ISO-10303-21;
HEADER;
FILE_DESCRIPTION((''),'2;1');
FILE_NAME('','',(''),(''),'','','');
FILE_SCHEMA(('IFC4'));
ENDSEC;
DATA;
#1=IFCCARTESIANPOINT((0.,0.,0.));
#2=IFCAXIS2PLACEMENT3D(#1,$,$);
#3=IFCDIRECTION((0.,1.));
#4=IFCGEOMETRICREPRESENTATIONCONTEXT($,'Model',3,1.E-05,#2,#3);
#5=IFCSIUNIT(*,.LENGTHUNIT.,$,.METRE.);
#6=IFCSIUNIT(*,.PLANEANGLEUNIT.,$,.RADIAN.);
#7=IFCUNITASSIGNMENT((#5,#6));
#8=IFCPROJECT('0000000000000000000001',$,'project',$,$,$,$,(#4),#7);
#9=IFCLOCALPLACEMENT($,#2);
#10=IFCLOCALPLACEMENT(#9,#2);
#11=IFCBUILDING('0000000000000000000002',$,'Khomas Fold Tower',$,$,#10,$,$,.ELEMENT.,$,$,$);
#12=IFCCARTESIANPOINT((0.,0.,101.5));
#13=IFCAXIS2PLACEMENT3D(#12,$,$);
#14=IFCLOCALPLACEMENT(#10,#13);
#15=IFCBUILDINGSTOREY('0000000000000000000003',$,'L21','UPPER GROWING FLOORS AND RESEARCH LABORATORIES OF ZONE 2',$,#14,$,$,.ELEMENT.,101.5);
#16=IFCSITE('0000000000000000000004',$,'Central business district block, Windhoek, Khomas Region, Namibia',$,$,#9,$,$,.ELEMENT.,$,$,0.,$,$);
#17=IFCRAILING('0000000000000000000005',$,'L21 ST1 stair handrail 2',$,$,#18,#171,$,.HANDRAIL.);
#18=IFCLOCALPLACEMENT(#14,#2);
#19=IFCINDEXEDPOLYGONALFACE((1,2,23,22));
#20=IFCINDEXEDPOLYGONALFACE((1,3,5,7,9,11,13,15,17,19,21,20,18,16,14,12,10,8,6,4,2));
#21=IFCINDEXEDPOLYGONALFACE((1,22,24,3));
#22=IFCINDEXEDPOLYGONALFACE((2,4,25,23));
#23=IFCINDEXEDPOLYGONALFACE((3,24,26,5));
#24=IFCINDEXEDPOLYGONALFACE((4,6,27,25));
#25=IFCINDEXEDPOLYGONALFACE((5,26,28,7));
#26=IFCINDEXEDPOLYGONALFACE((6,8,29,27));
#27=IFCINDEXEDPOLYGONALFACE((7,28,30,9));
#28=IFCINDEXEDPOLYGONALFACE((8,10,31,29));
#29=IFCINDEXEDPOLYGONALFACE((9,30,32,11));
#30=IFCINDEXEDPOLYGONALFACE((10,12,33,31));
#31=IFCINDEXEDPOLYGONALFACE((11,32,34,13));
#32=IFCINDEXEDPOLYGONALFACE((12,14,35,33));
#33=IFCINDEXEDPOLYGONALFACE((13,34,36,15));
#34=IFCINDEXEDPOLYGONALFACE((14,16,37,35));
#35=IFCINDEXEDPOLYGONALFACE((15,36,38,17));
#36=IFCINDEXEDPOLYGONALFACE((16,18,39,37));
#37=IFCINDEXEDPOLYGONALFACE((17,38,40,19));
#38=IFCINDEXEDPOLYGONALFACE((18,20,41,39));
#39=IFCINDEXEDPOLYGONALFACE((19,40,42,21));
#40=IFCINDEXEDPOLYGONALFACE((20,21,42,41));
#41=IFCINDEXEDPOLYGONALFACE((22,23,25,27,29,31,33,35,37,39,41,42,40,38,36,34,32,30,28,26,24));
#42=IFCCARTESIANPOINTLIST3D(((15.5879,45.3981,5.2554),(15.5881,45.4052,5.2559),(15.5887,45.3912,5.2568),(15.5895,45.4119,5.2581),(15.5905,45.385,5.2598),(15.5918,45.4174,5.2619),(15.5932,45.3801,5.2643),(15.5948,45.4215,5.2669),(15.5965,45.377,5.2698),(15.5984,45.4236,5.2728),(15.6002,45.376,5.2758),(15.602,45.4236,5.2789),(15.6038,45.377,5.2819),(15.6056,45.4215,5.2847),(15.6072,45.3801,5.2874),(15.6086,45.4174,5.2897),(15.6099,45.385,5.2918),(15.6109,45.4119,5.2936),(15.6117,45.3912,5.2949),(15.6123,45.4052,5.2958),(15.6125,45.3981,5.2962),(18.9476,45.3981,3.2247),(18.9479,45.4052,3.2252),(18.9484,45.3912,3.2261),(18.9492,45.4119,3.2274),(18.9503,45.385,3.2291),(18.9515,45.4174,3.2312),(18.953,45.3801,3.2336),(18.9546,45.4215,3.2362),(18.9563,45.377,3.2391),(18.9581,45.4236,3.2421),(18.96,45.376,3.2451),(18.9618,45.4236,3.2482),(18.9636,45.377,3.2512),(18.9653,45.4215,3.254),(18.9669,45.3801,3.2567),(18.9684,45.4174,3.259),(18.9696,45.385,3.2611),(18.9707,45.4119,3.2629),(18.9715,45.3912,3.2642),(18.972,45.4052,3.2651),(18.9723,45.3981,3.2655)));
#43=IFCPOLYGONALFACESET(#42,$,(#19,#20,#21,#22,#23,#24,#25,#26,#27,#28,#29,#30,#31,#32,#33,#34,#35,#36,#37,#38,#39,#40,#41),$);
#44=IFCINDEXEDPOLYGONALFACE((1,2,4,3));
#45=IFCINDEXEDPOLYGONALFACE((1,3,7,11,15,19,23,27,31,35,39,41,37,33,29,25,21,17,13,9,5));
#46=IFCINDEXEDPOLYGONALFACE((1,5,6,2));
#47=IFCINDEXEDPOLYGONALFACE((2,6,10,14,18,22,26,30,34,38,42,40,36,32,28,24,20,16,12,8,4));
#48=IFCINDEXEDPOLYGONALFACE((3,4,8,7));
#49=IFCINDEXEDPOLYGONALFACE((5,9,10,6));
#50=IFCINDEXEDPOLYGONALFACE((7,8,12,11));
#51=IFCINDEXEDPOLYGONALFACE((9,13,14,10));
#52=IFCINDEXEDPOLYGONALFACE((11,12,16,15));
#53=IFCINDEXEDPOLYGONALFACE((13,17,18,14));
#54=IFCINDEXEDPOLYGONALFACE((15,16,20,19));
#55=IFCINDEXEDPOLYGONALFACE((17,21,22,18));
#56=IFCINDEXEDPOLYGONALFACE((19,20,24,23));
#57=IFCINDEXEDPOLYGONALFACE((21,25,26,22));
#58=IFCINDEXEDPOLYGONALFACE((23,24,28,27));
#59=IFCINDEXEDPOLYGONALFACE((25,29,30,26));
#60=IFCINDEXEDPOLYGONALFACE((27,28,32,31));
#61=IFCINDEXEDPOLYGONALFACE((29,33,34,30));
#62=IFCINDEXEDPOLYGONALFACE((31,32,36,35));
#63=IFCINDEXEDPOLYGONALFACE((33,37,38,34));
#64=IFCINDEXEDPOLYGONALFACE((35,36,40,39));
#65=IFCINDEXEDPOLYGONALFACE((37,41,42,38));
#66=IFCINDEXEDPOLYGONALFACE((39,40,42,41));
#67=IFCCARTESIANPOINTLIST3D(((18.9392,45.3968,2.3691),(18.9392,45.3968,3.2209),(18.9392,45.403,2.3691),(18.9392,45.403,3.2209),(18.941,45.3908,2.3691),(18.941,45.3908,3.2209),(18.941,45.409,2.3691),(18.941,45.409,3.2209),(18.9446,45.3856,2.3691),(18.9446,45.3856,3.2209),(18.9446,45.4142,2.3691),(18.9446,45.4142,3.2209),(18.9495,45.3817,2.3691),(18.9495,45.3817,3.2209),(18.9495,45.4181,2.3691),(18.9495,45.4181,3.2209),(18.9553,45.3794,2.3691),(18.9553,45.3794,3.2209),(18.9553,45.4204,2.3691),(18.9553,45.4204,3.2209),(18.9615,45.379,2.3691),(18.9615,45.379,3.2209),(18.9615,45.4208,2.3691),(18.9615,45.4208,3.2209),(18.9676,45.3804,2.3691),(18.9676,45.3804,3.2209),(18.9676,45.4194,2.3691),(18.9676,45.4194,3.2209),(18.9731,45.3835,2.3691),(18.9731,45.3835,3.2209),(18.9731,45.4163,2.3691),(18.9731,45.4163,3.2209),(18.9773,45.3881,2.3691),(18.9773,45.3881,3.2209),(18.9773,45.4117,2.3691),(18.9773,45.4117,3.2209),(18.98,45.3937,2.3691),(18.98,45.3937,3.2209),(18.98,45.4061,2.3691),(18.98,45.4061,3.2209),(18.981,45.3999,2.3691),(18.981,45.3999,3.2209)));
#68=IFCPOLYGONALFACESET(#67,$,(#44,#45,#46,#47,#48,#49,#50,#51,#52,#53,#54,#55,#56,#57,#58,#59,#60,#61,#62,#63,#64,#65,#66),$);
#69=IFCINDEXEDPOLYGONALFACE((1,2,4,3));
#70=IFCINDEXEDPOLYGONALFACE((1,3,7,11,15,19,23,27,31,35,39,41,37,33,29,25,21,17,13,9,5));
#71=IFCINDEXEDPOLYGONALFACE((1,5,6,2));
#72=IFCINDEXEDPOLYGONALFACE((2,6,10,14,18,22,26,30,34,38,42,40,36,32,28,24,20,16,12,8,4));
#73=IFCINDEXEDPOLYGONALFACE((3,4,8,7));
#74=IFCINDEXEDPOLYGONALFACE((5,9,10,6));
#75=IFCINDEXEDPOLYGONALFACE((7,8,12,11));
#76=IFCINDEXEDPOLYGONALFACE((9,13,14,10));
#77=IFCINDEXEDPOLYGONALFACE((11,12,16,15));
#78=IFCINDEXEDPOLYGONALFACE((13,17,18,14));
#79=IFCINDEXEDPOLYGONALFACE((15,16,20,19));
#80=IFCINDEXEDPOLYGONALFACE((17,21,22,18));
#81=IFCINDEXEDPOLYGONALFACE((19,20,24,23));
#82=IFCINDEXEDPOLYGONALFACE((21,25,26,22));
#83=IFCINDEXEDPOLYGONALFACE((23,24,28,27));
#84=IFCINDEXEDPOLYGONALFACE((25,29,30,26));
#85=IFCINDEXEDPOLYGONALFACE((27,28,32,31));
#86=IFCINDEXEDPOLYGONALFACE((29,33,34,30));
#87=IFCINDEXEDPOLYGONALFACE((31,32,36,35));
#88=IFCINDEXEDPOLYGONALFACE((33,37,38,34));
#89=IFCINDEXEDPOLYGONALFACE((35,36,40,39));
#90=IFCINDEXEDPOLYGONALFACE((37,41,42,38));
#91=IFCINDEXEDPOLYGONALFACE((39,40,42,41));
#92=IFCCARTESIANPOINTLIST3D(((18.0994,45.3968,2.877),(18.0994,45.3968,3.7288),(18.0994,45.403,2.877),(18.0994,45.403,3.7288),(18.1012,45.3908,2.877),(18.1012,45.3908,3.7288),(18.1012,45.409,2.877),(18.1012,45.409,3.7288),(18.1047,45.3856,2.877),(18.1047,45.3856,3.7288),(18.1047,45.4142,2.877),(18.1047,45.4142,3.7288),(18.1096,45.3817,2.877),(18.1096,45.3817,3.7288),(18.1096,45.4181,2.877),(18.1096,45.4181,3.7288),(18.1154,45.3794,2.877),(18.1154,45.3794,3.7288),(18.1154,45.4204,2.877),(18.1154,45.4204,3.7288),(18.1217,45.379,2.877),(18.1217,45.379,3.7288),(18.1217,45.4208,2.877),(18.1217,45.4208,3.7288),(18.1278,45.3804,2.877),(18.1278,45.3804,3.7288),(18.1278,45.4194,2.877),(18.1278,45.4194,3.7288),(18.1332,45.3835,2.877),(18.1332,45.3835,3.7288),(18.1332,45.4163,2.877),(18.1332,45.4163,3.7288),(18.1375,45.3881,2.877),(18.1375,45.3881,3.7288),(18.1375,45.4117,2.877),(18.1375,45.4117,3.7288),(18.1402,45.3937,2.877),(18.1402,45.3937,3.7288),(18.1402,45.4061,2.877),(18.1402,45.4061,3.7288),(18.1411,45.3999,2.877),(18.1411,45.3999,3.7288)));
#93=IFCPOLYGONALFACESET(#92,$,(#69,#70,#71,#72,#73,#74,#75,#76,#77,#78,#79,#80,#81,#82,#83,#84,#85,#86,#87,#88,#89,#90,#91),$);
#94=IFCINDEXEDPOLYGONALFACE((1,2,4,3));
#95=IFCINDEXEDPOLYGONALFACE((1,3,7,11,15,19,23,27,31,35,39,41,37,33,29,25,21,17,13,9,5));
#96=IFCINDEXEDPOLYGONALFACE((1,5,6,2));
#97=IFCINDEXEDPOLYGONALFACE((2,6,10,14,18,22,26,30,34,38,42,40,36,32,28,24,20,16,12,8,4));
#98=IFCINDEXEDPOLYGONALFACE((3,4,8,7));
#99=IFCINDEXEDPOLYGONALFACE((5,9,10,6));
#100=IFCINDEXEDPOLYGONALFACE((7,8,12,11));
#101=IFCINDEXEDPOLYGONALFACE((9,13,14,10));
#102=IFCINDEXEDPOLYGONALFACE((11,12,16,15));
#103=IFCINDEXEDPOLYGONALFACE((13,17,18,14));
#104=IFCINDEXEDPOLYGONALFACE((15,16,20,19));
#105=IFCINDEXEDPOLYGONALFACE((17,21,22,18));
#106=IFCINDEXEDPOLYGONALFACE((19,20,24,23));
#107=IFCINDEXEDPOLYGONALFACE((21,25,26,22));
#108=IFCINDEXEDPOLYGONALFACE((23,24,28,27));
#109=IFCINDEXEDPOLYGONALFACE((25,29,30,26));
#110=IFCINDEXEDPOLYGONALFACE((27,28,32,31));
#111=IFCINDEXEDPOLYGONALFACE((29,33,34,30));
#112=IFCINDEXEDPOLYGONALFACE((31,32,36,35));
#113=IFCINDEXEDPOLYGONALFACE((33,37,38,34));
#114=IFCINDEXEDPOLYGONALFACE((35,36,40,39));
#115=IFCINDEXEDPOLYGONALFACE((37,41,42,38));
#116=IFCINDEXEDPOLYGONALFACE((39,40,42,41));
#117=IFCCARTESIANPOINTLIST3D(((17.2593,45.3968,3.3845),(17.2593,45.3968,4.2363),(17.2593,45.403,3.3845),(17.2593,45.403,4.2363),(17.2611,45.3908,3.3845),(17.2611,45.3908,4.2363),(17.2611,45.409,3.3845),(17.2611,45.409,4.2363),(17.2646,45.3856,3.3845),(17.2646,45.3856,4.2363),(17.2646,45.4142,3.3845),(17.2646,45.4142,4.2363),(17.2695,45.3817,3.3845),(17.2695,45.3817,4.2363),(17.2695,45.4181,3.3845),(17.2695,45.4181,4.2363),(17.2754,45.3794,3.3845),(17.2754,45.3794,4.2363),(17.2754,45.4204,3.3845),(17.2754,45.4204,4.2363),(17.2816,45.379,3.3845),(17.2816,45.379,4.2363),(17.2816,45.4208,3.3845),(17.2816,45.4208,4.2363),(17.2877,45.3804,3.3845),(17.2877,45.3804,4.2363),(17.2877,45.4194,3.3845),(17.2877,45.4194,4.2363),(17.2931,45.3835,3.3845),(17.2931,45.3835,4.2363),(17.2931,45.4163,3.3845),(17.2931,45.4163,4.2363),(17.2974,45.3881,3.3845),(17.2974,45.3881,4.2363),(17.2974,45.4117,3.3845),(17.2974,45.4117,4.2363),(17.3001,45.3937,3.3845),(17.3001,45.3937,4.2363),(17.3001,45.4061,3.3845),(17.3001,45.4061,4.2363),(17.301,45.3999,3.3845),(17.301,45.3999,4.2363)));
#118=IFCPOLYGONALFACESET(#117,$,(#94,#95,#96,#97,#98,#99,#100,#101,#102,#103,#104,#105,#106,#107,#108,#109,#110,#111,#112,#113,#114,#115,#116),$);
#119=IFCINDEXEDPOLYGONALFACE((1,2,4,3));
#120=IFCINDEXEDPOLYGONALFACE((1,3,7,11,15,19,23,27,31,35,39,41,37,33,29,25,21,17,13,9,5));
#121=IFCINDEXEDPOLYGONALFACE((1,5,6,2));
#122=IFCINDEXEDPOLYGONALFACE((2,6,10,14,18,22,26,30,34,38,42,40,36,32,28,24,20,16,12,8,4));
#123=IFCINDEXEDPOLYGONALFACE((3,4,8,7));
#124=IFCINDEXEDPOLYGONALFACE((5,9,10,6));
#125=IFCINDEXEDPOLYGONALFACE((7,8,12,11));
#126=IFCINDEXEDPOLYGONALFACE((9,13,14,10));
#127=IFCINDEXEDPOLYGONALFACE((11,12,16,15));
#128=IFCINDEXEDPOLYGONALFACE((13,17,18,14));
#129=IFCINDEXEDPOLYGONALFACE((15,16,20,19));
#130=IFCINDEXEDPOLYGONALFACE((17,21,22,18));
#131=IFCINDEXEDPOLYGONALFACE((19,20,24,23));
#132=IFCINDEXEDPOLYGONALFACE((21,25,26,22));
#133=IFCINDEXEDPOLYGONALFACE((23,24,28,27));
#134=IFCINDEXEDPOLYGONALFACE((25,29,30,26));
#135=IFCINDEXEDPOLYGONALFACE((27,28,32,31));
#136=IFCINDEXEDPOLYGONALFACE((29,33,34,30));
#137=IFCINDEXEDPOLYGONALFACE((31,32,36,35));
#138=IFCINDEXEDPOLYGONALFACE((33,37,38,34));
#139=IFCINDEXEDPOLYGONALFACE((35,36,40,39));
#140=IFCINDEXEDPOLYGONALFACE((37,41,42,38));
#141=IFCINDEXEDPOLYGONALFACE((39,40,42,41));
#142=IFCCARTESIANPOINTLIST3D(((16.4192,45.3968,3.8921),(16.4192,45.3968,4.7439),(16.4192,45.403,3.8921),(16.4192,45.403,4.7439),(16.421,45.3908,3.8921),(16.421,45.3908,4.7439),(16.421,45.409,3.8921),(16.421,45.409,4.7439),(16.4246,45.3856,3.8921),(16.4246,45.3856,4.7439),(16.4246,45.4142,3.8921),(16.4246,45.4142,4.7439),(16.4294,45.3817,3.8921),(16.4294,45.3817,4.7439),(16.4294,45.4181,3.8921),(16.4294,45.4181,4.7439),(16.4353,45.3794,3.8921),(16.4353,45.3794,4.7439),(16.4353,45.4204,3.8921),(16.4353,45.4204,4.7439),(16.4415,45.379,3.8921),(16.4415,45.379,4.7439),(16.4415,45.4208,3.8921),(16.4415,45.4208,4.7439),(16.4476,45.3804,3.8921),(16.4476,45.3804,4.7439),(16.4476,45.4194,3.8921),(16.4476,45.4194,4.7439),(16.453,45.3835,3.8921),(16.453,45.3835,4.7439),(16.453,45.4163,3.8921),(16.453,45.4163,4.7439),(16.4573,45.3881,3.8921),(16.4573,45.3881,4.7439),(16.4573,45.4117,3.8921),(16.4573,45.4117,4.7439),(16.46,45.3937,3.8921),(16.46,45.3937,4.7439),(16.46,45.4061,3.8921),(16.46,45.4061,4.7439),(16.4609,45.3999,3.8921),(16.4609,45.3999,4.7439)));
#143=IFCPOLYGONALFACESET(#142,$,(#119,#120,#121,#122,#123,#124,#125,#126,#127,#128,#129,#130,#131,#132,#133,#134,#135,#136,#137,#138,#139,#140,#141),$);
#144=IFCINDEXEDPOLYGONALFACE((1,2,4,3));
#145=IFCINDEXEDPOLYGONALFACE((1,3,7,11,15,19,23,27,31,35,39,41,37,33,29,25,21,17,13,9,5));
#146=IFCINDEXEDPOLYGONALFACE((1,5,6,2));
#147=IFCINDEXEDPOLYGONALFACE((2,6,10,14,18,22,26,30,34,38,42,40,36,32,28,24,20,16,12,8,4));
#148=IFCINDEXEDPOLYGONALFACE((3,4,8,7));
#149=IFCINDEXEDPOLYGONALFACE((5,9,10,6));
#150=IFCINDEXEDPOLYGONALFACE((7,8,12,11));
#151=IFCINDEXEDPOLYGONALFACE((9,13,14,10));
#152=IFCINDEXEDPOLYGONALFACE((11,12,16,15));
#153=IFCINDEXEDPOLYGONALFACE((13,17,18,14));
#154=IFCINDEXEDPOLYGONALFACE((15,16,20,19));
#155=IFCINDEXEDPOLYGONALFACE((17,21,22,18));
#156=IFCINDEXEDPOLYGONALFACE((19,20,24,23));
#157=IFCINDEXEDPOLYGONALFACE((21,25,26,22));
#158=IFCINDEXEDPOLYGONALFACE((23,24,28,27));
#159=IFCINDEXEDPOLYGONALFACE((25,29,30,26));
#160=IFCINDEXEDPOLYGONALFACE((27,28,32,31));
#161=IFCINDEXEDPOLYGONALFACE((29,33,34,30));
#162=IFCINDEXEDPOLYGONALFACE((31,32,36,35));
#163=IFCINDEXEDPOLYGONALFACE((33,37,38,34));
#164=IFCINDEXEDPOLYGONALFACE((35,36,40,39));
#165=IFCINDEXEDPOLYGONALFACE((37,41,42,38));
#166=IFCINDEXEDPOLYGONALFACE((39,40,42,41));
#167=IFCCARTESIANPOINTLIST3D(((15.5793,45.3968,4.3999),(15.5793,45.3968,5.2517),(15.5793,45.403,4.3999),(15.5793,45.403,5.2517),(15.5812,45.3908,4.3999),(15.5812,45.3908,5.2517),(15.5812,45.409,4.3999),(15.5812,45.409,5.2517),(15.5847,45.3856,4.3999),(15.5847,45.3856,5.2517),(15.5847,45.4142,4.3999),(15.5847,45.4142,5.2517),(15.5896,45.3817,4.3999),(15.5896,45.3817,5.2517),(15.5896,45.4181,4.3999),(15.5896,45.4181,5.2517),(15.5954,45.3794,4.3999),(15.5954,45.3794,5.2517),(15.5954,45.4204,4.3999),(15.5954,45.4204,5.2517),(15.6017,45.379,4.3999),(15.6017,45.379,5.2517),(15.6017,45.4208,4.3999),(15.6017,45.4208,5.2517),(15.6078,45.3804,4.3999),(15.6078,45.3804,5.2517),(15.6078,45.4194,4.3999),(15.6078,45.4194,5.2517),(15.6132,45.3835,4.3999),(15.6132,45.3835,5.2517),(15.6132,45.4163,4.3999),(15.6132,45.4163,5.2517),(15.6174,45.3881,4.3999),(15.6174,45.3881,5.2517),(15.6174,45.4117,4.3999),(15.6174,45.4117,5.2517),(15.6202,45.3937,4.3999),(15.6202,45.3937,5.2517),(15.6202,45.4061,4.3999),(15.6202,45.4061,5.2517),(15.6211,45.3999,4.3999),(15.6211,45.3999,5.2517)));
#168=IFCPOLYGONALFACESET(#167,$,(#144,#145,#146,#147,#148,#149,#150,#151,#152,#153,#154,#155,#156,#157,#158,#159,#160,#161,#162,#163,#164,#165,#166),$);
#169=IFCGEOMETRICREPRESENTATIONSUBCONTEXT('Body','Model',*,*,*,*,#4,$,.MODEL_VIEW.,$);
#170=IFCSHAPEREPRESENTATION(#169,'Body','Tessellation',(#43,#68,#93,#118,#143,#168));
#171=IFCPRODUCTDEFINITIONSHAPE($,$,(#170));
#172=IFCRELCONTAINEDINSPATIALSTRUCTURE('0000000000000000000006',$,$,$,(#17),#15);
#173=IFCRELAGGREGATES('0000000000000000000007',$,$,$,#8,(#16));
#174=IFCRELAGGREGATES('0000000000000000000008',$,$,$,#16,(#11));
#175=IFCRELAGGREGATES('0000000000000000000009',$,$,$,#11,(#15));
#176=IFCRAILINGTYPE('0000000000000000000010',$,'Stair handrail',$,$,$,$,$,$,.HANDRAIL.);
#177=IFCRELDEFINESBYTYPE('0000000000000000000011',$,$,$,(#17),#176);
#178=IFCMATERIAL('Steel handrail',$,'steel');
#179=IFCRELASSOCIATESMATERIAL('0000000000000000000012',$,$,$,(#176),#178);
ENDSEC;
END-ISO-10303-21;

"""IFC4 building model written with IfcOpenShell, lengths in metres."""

from ifc_helpers import new_model, si_unit, direction, frame, origin, origin_2d, place, context, subcontext, project, spatial, circle, extrude, source, transform, mapped, material, type_object, element, save


model = new_model("IFC4")

# Units and contexts
model_context = context("Model", 3, precision=1e-05, world=origin(), true_north=direction((0.0, 1.0)))
body_context = subcontext(model_context, "Body", "Model", "MODEL_VIEW")
ifc_project = project(units=[si_unit("LENGTHUNIT", "METRE"), si_unit("PLANEANGLEUNIT", "RADIAN")], contexts=[model_context])

# Site, building, storey
site_placement = place(None, origin())
site = spatial("IfcSite", under=ifc_project, at=site_placement, Name="Central business district block, Windhoek, Khomas Region, Namibia", CompositionType="ELEMENT", RefElevation=0.0)
building_placement = place(site_placement, origin())
building = spatial("IfcBuilding", under=site, at=building_placement, Name="Khomas Fold Tower", CompositionType="ELEMENT")
storey_placement = place(building_placement, frame((0.0, 0.0, 101.5)))
storey = spatial("IfcBuildingStorey", under=building, at=storey_placement, Name="L21", Description="UPPER GROWING FLOORS AND RESEARCH LABORATORIES OF ZONE 2", CompositionType="ELEMENT", Elevation=101.5)

# Railing
ifc_material_1 = material(Name="Steel handrail", Category="steel")
railing_type_1 = type_object("IfcRailingType", Name="Stair handrail", PredefinedType="HANDRAIL", material=ifc_material_1)
shared_shape_1 = source(origin(), body_context, "Body", "SweptSolid", [
    extrude(circle(Radius=0.0239, at=origin_2d()), frame((0.0, 0.0, 0.876), z_axis=(-0.85582, 0.0, 0.517273), x_axis=(0.0, -1.0, 0.0)), (0.0, 0.0, 1.0), 3.9258),
    extrude(circle(Radius=0.021, at=origin_2d()), origin(), (0.0, 0.0, 1.0), 0.8518),
    extrude(circle(Radius=0.021, at=origin_2d()), frame((-0.8398, 0.0, 0.5078)), (0.0, 0.0, 1.0), 0.8518),
    extrude(circle(Radius=0.021, at=origin_2d()), frame((-1.6799, 0.0, 1.0154)), (0.0, 0.0, 1.0), 0.8518),
    extrude(circle(Radius=0.021, at=origin_2d()), frame((-2.52, 0.0, 1.5229)), (0.0, 0.0, 1.0), 0.8518),
    extrude(circle(Radius=0.021, at=origin_2d()), frame((-3.3599, 0.0, 2.0308)), (0.0, 0.0, 1.0), 0.8518),
])
railing_1_placement = place(storey_placement, frame((18.96, 45.3999, 2.3691)))
element("IfcRailing", 1, at=railing_1_placement, inside=storey, type_object=railing_type_1, Name="L21 ST1 stair handrail 2", PredefinedType="HANDRAIL", context=body_context, shape_type="MappedRepresentation", body=[
    mapped(shared_shape_1, transform((0.0, 0.0, 0.0))),
])

save(model, "model.ifc")
